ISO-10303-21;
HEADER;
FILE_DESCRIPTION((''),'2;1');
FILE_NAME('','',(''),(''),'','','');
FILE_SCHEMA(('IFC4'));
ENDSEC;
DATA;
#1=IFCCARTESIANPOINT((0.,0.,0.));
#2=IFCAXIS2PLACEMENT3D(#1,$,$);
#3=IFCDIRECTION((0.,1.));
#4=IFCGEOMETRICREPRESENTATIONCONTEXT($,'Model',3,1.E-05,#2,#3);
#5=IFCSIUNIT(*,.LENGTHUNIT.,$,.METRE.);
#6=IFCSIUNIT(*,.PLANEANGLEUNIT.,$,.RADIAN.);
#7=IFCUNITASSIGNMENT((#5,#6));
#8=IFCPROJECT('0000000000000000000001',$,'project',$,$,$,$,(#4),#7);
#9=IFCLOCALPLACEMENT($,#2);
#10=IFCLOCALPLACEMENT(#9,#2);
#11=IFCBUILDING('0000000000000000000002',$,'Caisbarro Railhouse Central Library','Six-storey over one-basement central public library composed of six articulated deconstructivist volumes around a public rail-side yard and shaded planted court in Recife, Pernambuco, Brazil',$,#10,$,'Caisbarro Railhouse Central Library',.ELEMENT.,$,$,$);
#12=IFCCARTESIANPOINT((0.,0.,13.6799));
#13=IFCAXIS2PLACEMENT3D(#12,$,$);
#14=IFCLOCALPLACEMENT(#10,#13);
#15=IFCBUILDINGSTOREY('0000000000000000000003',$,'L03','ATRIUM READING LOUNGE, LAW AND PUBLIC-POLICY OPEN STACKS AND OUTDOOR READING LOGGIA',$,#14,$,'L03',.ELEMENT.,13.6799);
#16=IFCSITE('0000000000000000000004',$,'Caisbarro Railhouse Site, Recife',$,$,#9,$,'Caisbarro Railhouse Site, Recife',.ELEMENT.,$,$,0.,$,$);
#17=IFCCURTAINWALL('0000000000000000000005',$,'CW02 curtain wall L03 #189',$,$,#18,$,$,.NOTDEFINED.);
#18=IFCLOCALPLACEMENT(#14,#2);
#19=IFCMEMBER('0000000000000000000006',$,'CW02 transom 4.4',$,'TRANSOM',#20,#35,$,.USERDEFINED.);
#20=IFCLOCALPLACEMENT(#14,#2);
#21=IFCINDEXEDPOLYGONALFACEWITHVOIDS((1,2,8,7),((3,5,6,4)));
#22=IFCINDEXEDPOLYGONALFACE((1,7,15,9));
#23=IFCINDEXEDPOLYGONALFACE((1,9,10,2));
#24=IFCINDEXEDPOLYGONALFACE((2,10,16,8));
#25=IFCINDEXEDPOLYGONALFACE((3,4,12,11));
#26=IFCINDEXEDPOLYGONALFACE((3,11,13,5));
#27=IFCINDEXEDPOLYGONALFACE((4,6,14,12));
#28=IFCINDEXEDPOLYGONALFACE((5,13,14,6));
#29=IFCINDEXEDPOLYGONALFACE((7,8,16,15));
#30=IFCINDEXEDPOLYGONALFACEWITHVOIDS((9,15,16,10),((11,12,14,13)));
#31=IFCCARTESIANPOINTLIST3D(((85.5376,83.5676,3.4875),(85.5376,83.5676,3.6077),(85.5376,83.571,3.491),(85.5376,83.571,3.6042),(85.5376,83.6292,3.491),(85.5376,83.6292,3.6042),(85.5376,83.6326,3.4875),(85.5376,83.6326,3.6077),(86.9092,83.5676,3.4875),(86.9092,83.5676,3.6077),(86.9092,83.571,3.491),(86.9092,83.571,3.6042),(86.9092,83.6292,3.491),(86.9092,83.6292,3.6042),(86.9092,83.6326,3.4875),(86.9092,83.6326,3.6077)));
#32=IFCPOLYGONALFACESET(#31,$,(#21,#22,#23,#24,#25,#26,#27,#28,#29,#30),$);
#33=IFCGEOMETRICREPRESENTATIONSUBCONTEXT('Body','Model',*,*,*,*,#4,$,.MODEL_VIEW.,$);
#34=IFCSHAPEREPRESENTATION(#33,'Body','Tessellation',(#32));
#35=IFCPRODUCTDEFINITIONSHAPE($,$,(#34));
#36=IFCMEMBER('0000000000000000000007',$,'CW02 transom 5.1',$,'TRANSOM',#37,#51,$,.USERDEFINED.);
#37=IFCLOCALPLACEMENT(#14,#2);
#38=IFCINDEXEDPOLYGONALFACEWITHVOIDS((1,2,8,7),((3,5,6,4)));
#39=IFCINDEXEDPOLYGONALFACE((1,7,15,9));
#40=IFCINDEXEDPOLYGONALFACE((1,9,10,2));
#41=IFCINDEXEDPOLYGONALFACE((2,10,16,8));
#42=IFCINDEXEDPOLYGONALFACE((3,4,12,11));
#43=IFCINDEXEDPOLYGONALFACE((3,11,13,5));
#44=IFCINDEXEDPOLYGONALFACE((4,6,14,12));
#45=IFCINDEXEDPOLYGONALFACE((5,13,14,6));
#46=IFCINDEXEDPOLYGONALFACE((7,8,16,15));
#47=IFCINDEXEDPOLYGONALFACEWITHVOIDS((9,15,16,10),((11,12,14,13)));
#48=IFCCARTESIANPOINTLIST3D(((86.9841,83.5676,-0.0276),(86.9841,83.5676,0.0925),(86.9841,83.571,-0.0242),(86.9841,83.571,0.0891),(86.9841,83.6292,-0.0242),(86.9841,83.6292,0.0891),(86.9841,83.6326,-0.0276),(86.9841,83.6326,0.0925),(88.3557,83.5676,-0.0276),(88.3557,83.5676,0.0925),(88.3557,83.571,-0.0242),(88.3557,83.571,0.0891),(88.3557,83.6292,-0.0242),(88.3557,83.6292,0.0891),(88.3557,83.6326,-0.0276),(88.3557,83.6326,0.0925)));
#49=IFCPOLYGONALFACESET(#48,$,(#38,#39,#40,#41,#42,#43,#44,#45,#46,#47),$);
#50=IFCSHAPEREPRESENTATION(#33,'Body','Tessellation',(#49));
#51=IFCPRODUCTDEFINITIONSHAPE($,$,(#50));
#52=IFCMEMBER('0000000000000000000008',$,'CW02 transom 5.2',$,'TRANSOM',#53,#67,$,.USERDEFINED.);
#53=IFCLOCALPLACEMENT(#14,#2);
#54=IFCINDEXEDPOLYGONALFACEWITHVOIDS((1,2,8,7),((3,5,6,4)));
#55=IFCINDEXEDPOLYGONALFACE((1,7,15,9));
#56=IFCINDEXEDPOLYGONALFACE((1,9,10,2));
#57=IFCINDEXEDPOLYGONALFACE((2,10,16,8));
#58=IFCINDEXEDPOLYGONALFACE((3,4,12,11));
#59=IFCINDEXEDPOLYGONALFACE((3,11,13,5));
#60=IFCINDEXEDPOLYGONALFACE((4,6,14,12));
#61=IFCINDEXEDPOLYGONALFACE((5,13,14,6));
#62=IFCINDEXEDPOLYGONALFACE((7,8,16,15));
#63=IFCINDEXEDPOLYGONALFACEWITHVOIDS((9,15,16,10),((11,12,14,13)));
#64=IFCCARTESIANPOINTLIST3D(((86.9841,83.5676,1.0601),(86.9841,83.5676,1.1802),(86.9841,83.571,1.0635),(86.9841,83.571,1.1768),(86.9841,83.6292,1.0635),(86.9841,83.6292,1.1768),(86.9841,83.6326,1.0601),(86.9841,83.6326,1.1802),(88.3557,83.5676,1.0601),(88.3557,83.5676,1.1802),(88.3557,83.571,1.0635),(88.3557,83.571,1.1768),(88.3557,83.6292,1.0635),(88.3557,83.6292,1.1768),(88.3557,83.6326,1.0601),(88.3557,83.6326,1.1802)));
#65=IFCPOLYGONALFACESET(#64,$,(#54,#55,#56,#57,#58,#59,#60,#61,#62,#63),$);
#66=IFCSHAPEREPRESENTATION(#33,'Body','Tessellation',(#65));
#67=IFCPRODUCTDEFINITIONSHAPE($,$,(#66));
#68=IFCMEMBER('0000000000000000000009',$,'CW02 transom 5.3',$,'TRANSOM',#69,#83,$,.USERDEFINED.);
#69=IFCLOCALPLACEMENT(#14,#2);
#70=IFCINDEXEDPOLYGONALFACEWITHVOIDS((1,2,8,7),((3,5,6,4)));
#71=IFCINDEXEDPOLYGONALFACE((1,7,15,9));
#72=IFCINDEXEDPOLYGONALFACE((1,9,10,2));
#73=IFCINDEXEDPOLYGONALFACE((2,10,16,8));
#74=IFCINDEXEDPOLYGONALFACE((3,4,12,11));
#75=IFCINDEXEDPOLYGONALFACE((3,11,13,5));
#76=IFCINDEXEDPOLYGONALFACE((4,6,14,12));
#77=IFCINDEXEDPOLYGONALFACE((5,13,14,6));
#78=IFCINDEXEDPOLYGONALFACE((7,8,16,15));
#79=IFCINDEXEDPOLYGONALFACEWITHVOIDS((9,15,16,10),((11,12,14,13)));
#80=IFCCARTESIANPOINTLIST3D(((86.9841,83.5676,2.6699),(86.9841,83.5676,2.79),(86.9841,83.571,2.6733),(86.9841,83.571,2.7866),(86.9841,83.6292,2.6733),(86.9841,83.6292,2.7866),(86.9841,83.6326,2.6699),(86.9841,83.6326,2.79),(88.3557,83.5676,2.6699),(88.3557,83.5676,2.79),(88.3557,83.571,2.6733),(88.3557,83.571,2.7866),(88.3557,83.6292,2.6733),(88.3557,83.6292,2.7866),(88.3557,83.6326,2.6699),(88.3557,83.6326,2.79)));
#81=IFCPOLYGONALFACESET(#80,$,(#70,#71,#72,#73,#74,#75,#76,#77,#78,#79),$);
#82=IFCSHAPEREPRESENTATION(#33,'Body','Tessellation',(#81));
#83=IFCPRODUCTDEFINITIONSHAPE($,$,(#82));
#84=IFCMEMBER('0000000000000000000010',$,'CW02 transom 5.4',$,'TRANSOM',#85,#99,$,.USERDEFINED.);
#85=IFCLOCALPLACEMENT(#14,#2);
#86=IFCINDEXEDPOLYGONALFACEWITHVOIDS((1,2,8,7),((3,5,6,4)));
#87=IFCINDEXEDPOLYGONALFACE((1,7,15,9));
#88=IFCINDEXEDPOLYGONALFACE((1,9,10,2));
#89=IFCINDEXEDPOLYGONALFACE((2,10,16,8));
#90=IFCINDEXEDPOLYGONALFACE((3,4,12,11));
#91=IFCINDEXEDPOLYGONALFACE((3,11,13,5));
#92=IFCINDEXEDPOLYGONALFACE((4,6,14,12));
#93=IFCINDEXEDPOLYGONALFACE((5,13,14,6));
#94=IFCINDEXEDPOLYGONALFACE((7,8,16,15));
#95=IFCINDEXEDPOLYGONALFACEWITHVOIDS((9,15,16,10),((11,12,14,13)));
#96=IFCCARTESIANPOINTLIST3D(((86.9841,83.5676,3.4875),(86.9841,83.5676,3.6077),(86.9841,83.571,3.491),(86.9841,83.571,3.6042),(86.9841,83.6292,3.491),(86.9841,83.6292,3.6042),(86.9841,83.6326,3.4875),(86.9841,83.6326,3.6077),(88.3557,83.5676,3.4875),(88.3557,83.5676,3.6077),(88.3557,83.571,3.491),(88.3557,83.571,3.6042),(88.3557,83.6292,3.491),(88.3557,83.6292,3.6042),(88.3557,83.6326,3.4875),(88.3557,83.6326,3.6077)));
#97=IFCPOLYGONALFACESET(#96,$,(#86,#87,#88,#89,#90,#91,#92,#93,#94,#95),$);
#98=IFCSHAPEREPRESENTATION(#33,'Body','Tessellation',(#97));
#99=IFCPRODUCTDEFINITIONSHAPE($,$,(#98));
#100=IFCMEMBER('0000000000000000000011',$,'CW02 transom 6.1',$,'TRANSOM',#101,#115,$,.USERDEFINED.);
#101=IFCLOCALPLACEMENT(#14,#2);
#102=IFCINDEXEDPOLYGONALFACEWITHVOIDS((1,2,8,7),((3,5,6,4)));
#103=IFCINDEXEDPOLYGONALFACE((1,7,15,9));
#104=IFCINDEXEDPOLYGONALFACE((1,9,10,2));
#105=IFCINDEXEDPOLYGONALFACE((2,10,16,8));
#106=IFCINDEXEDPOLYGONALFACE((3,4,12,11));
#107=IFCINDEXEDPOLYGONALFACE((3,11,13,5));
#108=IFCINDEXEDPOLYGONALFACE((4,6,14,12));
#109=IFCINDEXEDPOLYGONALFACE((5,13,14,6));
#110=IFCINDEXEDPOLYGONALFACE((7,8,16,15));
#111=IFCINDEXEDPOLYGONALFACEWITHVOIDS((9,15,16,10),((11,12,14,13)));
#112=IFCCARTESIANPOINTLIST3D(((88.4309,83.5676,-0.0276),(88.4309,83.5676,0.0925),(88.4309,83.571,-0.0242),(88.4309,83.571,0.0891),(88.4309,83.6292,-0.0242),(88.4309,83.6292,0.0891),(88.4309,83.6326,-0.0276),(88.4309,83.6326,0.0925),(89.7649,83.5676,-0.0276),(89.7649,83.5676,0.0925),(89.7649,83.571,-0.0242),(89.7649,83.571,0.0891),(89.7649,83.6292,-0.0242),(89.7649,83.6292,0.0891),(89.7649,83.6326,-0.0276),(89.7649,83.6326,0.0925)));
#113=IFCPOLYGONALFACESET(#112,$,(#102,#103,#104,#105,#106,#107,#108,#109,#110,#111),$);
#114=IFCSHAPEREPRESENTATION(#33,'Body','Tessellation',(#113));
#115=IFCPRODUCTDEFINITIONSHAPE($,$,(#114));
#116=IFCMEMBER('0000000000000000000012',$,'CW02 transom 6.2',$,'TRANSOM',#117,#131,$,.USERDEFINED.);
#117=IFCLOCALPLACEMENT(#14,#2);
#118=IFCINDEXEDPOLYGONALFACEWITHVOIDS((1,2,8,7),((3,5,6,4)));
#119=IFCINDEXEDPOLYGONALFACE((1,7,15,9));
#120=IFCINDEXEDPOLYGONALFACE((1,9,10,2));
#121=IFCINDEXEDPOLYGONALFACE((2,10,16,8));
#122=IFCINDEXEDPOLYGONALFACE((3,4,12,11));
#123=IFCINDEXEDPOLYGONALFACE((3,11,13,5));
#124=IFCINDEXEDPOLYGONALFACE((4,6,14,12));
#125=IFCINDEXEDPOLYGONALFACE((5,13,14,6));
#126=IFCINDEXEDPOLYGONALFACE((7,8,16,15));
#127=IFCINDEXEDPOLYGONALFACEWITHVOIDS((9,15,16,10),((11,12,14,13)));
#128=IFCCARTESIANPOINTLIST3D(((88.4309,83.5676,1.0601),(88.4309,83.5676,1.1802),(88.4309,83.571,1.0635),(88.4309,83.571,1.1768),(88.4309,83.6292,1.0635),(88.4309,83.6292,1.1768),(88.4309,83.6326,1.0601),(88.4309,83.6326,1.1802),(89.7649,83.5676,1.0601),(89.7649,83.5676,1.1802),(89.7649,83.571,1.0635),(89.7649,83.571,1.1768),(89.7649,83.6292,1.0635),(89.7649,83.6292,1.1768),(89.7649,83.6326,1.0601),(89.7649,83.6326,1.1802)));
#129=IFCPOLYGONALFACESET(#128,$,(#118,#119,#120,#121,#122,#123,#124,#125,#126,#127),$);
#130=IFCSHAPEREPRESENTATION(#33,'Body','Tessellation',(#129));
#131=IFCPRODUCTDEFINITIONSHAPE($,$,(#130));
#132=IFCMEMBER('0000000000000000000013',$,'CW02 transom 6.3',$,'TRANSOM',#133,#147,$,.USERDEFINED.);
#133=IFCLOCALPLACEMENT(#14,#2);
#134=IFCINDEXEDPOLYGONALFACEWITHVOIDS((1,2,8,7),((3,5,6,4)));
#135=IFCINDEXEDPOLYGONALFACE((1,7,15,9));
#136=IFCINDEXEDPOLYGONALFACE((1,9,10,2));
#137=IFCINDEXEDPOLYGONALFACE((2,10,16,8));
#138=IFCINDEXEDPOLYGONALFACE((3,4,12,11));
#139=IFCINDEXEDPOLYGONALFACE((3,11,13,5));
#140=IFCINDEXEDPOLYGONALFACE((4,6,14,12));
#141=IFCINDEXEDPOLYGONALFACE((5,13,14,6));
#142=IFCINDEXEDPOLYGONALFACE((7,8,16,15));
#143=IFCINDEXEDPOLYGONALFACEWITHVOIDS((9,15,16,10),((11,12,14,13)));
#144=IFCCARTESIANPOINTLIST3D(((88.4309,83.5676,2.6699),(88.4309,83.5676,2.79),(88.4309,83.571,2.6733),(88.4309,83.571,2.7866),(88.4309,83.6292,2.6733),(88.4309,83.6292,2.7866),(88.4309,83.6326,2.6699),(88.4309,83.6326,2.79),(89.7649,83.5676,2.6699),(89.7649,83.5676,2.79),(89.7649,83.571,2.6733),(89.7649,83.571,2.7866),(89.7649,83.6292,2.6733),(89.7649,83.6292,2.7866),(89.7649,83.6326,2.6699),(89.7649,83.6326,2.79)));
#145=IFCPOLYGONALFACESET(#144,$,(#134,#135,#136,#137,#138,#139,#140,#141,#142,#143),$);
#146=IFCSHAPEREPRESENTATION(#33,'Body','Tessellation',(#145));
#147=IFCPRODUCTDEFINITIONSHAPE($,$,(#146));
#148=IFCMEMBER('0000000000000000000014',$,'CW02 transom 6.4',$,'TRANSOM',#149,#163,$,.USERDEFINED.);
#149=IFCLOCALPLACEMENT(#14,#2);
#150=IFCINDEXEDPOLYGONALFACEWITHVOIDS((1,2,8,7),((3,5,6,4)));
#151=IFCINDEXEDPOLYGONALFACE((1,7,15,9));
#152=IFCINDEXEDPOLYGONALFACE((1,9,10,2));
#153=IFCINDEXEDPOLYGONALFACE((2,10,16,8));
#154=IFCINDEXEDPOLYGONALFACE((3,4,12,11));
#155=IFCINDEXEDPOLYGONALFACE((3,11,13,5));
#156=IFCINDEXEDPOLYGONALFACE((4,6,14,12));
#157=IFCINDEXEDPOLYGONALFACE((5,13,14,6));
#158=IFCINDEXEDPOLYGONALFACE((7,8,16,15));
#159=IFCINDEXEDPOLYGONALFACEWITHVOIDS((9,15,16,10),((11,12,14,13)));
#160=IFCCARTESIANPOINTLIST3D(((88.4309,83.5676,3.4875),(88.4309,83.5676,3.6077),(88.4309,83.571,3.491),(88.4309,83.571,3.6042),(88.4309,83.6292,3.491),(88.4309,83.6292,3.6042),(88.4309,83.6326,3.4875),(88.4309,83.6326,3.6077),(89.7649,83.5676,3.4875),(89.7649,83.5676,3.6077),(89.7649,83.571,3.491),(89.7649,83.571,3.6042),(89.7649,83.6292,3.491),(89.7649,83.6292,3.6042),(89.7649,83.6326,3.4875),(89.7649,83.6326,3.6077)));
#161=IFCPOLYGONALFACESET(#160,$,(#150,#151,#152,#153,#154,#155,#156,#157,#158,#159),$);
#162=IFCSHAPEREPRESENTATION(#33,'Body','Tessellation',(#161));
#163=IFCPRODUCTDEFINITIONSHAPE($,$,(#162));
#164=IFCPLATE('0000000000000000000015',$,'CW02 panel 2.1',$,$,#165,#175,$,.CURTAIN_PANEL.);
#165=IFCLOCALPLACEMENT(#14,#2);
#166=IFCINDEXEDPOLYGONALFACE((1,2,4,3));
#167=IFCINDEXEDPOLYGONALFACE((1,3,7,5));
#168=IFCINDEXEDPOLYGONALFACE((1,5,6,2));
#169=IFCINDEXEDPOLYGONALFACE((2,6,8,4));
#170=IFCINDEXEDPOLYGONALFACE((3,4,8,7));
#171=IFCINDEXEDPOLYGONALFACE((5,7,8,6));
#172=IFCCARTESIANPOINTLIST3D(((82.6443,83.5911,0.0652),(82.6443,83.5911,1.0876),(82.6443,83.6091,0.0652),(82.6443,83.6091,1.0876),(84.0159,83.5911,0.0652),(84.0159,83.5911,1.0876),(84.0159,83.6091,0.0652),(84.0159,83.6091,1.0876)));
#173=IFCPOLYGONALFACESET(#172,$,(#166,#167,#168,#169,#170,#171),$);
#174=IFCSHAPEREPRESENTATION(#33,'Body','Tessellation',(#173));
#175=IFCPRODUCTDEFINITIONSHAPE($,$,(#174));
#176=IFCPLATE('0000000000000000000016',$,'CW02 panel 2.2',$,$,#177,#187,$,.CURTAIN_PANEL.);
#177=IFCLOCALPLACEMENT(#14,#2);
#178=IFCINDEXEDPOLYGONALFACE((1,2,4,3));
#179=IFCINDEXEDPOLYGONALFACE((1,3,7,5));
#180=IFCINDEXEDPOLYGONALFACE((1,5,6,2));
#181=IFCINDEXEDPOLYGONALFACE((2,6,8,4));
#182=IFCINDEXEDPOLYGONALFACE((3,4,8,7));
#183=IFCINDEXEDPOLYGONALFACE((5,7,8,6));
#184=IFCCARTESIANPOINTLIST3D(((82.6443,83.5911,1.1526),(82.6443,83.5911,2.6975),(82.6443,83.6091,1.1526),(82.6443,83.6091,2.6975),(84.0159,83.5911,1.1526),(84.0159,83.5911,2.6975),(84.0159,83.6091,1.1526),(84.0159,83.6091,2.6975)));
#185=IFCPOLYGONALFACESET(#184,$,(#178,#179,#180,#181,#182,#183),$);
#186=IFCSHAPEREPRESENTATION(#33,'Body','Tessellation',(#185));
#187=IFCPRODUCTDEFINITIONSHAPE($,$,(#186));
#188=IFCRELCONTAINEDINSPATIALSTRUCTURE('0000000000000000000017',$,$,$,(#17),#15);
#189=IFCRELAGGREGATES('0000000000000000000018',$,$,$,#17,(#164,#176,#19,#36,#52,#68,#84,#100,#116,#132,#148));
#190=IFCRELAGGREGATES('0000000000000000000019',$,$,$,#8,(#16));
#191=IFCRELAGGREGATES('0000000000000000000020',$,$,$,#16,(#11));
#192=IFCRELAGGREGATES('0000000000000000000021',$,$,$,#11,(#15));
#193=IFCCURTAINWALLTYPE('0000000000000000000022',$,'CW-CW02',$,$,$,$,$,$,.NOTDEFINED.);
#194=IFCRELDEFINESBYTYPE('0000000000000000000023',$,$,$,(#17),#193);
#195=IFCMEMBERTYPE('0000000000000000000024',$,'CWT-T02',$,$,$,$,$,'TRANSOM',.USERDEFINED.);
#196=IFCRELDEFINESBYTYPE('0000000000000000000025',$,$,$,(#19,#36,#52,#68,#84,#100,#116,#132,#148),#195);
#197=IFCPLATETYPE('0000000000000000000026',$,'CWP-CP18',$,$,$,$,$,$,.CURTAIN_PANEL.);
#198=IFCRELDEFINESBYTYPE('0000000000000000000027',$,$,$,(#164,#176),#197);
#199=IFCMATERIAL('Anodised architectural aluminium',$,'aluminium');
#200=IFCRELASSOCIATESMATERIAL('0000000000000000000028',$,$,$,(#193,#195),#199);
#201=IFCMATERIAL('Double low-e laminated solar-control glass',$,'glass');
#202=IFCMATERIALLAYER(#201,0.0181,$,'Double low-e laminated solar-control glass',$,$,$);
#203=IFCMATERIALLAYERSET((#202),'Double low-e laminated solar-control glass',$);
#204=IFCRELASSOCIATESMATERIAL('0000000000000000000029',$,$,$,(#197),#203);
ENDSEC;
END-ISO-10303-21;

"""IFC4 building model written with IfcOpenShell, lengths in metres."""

from ifc_helpers import new_model, si_unit, direction, frame, origin, origin_2d, place, context, subcontext, project, spatial, rectangle, hollow_rectangle, extrude, material, layer, layer_set, material_profile, profile_set, type_object, element, aggregate, save


model = new_model("IFC4")

# Units and contexts
model_context = context("Model", 3, precision=1e-05, world=origin(), true_north=direction((0.0, 1.0)))
body_context = subcontext(model_context, "Body", "Model", "MODEL_VIEW")
ifc_project = project(units=[si_unit("LENGTHUNIT", "METRE"), si_unit("PLANEANGLEUNIT", "RADIAN")], contexts=[model_context])

# Site, building, storey
site_placement = place(None, origin())
site = spatial("IfcSite", under=ifc_project, at=site_placement, Name="Caisbarro Railhouse Site, Recife", LongName="Caisbarro Railhouse Site, Recife", CompositionType="ELEMENT", RefElevation=0.0)
building_placement = place(site_placement, origin())
building = spatial("IfcBuilding", under=site, at=building_placement, Name="Caisbarro Railhouse Central Library", Description="Six-storey over one-basement central public library composed of six articulated deconstructivist volumes around a public rail-side yard and shaded planted court in Recife, Pernambuco, Brazil", LongName="Caisbarro Railhouse Central Library", CompositionType="ELEMENT")
storey_placement = place(building_placement, frame((0.0, 0.0, 13.6799)))
storey = spatial("IfcBuildingStorey", under=building, at=storey_placement, Name="L03", Description="ATRIUM READING LOUNGE, LAW AND PUBLIC-POLICY OPEN STACKS AND OUTDOOR READING LOGGIA", LongName="L03", CompositionType="ELEMENT", Elevation=13.6799)

# Curtain wall, members, plates
ifc_material_1 = material(Name="Anodised architectural aluminium", Category="aluminium")
curtain_wall_type = type_object("IfcCurtainWallType", Name="CW-CW02", PredefinedType="NOTDEFINED", material=ifc_material_1)
curtain_wall_placement = place(storey_placement, origin())
curtain_wall = element("IfcCurtainWall", 1, at=curtain_wall_placement, inside=storey, type_object=curtain_wall_type, Name="CW02 curtain wall L03 #189", PredefinedType="NOTDEFINED")
ifc_material_profile_1 = material_profile(ifc_material_1, hollow_rectangle(XDim=0.0649, YDim=0.1201, WallThickness=0.0034, at=origin_2d()), Name="ALU-TRN-65X120")
ifc_profile_set_1 = profile_set([ifc_material_profile_1], Name="Anodised architectural aluminium")
member_type_1 = type_object("IfcMemberType", Name="CWT-T02", ElementType="TRANSOM", PredefinedType="USERDEFINED", material=ifc_profile_set_1)
member_1_placement = place(storey_placement, frame((85.5376, 83.6001, 3.5476), z_axis=(1.0, 0.0, 0.0), x_axis=(0.0, 1.0, 0.0)))
member_1 = element("IfcMember", 2, at=member_1_placement, type_object=member_type_1, Name="CW02 transom 4.4", ObjectType="TRANSOM", PredefinedType="USERDEFINED", context=body_context, shape_type="SweptSolid", body=[
    extrude(hollow_rectangle(XDim=0.0649, YDim=0.1201, WallThickness=0.0034, at=origin_2d()), origin(), (0.0, 0.0, 1.0), 1.3716),
])
member_2_placement = place(storey_placement, frame((86.9841, 83.6001, 0.0325), z_axis=(1.0, 0.0, 0.0), x_axis=(0.0, 1.0, 0.0)))
member_2 = element("IfcMember", 3, at=member_2_placement, type_object=member_type_1, Name="CW02 transom 5.1", ObjectType="TRANSOM", PredefinedType="USERDEFINED", context=body_context, shape_type="SweptSolid", body=[
    extrude(hollow_rectangle(XDim=0.0649, YDim=0.1201, WallThickness=0.0034, at=origin_2d()), origin(), (0.0, 0.0, 1.0), 1.3716),
])
member_3_placement = place(storey_placement, frame((86.9841, 83.6001, 1.1201), z_axis=(1.0, 0.0, 0.0), x_axis=(0.0, 1.0, 0.0)))
member_3 = element("IfcMember", 4, at=member_3_placement, type_object=member_type_1, Name="CW02 transom 5.2", ObjectType="TRANSOM", PredefinedType="USERDEFINED", context=body_context, shape_type="SweptSolid", body=[
    extrude(hollow_rectangle(XDim=0.0649, YDim=0.1201, WallThickness=0.0034, at=origin_2d()), origin(), (0.0, 0.0, 1.0), 1.3716),
])
member_4_placement = place(storey_placement, frame((86.9841, 83.6001, 2.73), z_axis=(1.0, 0.0, 0.0), x_axis=(0.0, 1.0, 0.0)))
member_4 = element("IfcMember", 5, at=member_4_placement, type_object=member_type_1, Name="CW02 transom 5.3", ObjectType="TRANSOM", PredefinedType="USERDEFINED", context=body_context, shape_type="SweptSolid", body=[
    extrude(hollow_rectangle(XDim=0.0649, YDim=0.1201, WallThickness=0.0034, at=origin_2d()), origin(), (0.0, 0.0, 1.0), 1.3716),
])
member_5_placement = place(storey_placement, frame((86.9841, 83.6001, 3.5476), z_axis=(1.0, 0.0, 0.0), x_axis=(0.0, 1.0, 0.0)))
member_5 = element("IfcMember", 6, at=member_5_placement, type_object=member_type_1, Name="CW02 transom 5.4", ObjectType="TRANSOM", PredefinedType="USERDEFINED", context=body_context, shape_type="SweptSolid", body=[
    extrude(hollow_rectangle(XDim=0.0649, YDim=0.1201, WallThickness=0.0034, at=origin_2d()), origin(), (0.0, 0.0, 1.0), 1.3716),
])
member_6_placement = place(storey_placement, frame((88.4309, 83.6001, 0.0325), z_axis=(1.0, 0.0, 0.0), x_axis=(0.0, 1.0, 0.0)))
member_6 = element("IfcMember", 7, at=member_6_placement, type_object=member_type_1, Name="CW02 transom 6.1", ObjectType="TRANSOM", PredefinedType="USERDEFINED", context=body_context, shape_type="SweptSolid", body=[
    extrude(hollow_rectangle(XDim=0.0649, YDim=0.1201, WallThickness=0.0034, at=origin_2d()), origin(), (0.0, 0.0, 1.0), 1.334),
])
member_7_placement = place(storey_placement, frame((88.4309, 83.6001, 1.1201), z_axis=(1.0, 0.0, 0.0), x_axis=(0.0, 1.0, 0.0)))
member_7 = element("IfcMember", 8, at=member_7_placement, type_object=member_type_1, Name="CW02 transom 6.2", ObjectType="TRANSOM", PredefinedType="USERDEFINED", context=body_context, shape_type="SweptSolid", body=[
    extrude(hollow_rectangle(XDim=0.0649, YDim=0.1201, WallThickness=0.0034, at=origin_2d()), origin(), (0.0, 0.0, 1.0), 1.334),
])
member_8_placement = place(storey_placement, frame((88.4309, 83.6001, 2.73), z_axis=(1.0, 0.0, 0.0), x_axis=(0.0, 1.0, 0.0)))
member_8 = element("IfcMember", 9, at=member_8_placement, type_object=member_type_1, Name="CW02 transom 6.3", ObjectType="TRANSOM", PredefinedType="USERDEFINED", context=body_context, shape_type="SweptSolid", body=[
    extrude(hollow_rectangle(XDim=0.0649, YDim=0.1201, WallThickness=0.0034, at=origin_2d()), origin(), (0.0, 0.0, 1.0), 1.334),
])
member_9_placement = place(storey_placement, frame((88.4309, 83.6001, 3.5476), z_axis=(1.0, 0.0, 0.0), x_axis=(0.0, 1.0, 0.0)))
member_9 = element("IfcMember", 10, at=member_9_placement, type_object=member_type_1, Name="CW02 transom 6.4", ObjectType="TRANSOM", PredefinedType="USERDEFINED", context=body_context, shape_type="SweptSolid", body=[
    extrude(hollow_rectangle(XDim=0.0649, YDim=0.1201, WallThickness=0.0034, at=origin_2d()), origin(), (0.0, 0.0, 1.0), 1.334),
])
ifc_material_2 = material(Name="Double low-e laminated solar-control glass", Category="glass")
ifc_layer = layer(ifc_material_2, 0.0181, Name="Double low-e laminated solar-control glass")
ifc_layer_set = layer_set([ifc_layer], Name="Double low-e laminated solar-control glass")
plate_type = type_object("IfcPlateType", Name="CWP-CP18", PredefinedType="CURTAIN_PANEL", material=ifc_layer_set)
plate_1_placement = place(storey_placement, frame((83.3301, 83.6001, 0.0652), z_axis=(0.0, 0.0, 1.0), x_axis=(1.0, 0.0, 0.0)))
plate_1 = element("IfcPlate", 11, at=plate_1_placement, type_object=plate_type, Name="CW02 panel 2.1", PredefinedType="CURTAIN_PANEL", context=body_context, shape_type="SweptSolid", body=[
    extrude(rectangle(XDim=1.3716, YDim=0.0181, at=origin_2d()), origin(), (0.0, 0.0, 1.0), 1.0225),
])
plate_2_placement = place(storey_placement, frame((83.3301, 83.6001, 1.1526), z_axis=(0.0, 0.0, 1.0), x_axis=(1.0, 0.0, 0.0)))
plate_2 = element("IfcPlate", 12, at=plate_2_placement, type_object=plate_type, Name="CW02 panel 2.2", PredefinedType="CURTAIN_PANEL", context=body_context, shape_type="SweptSolid", body=[
    extrude(rectangle(XDim=1.3716, YDim=0.0181, at=origin_2d()), origin(), (0.0, 0.0, 1.0), 1.5449),
])
aggregate(curtain_wall, [plate_1, plate_2, member_1, member_2, member_3, member_4, member_5, member_6, member_7, member_8, member_9])

save(model, "model.ifc")
